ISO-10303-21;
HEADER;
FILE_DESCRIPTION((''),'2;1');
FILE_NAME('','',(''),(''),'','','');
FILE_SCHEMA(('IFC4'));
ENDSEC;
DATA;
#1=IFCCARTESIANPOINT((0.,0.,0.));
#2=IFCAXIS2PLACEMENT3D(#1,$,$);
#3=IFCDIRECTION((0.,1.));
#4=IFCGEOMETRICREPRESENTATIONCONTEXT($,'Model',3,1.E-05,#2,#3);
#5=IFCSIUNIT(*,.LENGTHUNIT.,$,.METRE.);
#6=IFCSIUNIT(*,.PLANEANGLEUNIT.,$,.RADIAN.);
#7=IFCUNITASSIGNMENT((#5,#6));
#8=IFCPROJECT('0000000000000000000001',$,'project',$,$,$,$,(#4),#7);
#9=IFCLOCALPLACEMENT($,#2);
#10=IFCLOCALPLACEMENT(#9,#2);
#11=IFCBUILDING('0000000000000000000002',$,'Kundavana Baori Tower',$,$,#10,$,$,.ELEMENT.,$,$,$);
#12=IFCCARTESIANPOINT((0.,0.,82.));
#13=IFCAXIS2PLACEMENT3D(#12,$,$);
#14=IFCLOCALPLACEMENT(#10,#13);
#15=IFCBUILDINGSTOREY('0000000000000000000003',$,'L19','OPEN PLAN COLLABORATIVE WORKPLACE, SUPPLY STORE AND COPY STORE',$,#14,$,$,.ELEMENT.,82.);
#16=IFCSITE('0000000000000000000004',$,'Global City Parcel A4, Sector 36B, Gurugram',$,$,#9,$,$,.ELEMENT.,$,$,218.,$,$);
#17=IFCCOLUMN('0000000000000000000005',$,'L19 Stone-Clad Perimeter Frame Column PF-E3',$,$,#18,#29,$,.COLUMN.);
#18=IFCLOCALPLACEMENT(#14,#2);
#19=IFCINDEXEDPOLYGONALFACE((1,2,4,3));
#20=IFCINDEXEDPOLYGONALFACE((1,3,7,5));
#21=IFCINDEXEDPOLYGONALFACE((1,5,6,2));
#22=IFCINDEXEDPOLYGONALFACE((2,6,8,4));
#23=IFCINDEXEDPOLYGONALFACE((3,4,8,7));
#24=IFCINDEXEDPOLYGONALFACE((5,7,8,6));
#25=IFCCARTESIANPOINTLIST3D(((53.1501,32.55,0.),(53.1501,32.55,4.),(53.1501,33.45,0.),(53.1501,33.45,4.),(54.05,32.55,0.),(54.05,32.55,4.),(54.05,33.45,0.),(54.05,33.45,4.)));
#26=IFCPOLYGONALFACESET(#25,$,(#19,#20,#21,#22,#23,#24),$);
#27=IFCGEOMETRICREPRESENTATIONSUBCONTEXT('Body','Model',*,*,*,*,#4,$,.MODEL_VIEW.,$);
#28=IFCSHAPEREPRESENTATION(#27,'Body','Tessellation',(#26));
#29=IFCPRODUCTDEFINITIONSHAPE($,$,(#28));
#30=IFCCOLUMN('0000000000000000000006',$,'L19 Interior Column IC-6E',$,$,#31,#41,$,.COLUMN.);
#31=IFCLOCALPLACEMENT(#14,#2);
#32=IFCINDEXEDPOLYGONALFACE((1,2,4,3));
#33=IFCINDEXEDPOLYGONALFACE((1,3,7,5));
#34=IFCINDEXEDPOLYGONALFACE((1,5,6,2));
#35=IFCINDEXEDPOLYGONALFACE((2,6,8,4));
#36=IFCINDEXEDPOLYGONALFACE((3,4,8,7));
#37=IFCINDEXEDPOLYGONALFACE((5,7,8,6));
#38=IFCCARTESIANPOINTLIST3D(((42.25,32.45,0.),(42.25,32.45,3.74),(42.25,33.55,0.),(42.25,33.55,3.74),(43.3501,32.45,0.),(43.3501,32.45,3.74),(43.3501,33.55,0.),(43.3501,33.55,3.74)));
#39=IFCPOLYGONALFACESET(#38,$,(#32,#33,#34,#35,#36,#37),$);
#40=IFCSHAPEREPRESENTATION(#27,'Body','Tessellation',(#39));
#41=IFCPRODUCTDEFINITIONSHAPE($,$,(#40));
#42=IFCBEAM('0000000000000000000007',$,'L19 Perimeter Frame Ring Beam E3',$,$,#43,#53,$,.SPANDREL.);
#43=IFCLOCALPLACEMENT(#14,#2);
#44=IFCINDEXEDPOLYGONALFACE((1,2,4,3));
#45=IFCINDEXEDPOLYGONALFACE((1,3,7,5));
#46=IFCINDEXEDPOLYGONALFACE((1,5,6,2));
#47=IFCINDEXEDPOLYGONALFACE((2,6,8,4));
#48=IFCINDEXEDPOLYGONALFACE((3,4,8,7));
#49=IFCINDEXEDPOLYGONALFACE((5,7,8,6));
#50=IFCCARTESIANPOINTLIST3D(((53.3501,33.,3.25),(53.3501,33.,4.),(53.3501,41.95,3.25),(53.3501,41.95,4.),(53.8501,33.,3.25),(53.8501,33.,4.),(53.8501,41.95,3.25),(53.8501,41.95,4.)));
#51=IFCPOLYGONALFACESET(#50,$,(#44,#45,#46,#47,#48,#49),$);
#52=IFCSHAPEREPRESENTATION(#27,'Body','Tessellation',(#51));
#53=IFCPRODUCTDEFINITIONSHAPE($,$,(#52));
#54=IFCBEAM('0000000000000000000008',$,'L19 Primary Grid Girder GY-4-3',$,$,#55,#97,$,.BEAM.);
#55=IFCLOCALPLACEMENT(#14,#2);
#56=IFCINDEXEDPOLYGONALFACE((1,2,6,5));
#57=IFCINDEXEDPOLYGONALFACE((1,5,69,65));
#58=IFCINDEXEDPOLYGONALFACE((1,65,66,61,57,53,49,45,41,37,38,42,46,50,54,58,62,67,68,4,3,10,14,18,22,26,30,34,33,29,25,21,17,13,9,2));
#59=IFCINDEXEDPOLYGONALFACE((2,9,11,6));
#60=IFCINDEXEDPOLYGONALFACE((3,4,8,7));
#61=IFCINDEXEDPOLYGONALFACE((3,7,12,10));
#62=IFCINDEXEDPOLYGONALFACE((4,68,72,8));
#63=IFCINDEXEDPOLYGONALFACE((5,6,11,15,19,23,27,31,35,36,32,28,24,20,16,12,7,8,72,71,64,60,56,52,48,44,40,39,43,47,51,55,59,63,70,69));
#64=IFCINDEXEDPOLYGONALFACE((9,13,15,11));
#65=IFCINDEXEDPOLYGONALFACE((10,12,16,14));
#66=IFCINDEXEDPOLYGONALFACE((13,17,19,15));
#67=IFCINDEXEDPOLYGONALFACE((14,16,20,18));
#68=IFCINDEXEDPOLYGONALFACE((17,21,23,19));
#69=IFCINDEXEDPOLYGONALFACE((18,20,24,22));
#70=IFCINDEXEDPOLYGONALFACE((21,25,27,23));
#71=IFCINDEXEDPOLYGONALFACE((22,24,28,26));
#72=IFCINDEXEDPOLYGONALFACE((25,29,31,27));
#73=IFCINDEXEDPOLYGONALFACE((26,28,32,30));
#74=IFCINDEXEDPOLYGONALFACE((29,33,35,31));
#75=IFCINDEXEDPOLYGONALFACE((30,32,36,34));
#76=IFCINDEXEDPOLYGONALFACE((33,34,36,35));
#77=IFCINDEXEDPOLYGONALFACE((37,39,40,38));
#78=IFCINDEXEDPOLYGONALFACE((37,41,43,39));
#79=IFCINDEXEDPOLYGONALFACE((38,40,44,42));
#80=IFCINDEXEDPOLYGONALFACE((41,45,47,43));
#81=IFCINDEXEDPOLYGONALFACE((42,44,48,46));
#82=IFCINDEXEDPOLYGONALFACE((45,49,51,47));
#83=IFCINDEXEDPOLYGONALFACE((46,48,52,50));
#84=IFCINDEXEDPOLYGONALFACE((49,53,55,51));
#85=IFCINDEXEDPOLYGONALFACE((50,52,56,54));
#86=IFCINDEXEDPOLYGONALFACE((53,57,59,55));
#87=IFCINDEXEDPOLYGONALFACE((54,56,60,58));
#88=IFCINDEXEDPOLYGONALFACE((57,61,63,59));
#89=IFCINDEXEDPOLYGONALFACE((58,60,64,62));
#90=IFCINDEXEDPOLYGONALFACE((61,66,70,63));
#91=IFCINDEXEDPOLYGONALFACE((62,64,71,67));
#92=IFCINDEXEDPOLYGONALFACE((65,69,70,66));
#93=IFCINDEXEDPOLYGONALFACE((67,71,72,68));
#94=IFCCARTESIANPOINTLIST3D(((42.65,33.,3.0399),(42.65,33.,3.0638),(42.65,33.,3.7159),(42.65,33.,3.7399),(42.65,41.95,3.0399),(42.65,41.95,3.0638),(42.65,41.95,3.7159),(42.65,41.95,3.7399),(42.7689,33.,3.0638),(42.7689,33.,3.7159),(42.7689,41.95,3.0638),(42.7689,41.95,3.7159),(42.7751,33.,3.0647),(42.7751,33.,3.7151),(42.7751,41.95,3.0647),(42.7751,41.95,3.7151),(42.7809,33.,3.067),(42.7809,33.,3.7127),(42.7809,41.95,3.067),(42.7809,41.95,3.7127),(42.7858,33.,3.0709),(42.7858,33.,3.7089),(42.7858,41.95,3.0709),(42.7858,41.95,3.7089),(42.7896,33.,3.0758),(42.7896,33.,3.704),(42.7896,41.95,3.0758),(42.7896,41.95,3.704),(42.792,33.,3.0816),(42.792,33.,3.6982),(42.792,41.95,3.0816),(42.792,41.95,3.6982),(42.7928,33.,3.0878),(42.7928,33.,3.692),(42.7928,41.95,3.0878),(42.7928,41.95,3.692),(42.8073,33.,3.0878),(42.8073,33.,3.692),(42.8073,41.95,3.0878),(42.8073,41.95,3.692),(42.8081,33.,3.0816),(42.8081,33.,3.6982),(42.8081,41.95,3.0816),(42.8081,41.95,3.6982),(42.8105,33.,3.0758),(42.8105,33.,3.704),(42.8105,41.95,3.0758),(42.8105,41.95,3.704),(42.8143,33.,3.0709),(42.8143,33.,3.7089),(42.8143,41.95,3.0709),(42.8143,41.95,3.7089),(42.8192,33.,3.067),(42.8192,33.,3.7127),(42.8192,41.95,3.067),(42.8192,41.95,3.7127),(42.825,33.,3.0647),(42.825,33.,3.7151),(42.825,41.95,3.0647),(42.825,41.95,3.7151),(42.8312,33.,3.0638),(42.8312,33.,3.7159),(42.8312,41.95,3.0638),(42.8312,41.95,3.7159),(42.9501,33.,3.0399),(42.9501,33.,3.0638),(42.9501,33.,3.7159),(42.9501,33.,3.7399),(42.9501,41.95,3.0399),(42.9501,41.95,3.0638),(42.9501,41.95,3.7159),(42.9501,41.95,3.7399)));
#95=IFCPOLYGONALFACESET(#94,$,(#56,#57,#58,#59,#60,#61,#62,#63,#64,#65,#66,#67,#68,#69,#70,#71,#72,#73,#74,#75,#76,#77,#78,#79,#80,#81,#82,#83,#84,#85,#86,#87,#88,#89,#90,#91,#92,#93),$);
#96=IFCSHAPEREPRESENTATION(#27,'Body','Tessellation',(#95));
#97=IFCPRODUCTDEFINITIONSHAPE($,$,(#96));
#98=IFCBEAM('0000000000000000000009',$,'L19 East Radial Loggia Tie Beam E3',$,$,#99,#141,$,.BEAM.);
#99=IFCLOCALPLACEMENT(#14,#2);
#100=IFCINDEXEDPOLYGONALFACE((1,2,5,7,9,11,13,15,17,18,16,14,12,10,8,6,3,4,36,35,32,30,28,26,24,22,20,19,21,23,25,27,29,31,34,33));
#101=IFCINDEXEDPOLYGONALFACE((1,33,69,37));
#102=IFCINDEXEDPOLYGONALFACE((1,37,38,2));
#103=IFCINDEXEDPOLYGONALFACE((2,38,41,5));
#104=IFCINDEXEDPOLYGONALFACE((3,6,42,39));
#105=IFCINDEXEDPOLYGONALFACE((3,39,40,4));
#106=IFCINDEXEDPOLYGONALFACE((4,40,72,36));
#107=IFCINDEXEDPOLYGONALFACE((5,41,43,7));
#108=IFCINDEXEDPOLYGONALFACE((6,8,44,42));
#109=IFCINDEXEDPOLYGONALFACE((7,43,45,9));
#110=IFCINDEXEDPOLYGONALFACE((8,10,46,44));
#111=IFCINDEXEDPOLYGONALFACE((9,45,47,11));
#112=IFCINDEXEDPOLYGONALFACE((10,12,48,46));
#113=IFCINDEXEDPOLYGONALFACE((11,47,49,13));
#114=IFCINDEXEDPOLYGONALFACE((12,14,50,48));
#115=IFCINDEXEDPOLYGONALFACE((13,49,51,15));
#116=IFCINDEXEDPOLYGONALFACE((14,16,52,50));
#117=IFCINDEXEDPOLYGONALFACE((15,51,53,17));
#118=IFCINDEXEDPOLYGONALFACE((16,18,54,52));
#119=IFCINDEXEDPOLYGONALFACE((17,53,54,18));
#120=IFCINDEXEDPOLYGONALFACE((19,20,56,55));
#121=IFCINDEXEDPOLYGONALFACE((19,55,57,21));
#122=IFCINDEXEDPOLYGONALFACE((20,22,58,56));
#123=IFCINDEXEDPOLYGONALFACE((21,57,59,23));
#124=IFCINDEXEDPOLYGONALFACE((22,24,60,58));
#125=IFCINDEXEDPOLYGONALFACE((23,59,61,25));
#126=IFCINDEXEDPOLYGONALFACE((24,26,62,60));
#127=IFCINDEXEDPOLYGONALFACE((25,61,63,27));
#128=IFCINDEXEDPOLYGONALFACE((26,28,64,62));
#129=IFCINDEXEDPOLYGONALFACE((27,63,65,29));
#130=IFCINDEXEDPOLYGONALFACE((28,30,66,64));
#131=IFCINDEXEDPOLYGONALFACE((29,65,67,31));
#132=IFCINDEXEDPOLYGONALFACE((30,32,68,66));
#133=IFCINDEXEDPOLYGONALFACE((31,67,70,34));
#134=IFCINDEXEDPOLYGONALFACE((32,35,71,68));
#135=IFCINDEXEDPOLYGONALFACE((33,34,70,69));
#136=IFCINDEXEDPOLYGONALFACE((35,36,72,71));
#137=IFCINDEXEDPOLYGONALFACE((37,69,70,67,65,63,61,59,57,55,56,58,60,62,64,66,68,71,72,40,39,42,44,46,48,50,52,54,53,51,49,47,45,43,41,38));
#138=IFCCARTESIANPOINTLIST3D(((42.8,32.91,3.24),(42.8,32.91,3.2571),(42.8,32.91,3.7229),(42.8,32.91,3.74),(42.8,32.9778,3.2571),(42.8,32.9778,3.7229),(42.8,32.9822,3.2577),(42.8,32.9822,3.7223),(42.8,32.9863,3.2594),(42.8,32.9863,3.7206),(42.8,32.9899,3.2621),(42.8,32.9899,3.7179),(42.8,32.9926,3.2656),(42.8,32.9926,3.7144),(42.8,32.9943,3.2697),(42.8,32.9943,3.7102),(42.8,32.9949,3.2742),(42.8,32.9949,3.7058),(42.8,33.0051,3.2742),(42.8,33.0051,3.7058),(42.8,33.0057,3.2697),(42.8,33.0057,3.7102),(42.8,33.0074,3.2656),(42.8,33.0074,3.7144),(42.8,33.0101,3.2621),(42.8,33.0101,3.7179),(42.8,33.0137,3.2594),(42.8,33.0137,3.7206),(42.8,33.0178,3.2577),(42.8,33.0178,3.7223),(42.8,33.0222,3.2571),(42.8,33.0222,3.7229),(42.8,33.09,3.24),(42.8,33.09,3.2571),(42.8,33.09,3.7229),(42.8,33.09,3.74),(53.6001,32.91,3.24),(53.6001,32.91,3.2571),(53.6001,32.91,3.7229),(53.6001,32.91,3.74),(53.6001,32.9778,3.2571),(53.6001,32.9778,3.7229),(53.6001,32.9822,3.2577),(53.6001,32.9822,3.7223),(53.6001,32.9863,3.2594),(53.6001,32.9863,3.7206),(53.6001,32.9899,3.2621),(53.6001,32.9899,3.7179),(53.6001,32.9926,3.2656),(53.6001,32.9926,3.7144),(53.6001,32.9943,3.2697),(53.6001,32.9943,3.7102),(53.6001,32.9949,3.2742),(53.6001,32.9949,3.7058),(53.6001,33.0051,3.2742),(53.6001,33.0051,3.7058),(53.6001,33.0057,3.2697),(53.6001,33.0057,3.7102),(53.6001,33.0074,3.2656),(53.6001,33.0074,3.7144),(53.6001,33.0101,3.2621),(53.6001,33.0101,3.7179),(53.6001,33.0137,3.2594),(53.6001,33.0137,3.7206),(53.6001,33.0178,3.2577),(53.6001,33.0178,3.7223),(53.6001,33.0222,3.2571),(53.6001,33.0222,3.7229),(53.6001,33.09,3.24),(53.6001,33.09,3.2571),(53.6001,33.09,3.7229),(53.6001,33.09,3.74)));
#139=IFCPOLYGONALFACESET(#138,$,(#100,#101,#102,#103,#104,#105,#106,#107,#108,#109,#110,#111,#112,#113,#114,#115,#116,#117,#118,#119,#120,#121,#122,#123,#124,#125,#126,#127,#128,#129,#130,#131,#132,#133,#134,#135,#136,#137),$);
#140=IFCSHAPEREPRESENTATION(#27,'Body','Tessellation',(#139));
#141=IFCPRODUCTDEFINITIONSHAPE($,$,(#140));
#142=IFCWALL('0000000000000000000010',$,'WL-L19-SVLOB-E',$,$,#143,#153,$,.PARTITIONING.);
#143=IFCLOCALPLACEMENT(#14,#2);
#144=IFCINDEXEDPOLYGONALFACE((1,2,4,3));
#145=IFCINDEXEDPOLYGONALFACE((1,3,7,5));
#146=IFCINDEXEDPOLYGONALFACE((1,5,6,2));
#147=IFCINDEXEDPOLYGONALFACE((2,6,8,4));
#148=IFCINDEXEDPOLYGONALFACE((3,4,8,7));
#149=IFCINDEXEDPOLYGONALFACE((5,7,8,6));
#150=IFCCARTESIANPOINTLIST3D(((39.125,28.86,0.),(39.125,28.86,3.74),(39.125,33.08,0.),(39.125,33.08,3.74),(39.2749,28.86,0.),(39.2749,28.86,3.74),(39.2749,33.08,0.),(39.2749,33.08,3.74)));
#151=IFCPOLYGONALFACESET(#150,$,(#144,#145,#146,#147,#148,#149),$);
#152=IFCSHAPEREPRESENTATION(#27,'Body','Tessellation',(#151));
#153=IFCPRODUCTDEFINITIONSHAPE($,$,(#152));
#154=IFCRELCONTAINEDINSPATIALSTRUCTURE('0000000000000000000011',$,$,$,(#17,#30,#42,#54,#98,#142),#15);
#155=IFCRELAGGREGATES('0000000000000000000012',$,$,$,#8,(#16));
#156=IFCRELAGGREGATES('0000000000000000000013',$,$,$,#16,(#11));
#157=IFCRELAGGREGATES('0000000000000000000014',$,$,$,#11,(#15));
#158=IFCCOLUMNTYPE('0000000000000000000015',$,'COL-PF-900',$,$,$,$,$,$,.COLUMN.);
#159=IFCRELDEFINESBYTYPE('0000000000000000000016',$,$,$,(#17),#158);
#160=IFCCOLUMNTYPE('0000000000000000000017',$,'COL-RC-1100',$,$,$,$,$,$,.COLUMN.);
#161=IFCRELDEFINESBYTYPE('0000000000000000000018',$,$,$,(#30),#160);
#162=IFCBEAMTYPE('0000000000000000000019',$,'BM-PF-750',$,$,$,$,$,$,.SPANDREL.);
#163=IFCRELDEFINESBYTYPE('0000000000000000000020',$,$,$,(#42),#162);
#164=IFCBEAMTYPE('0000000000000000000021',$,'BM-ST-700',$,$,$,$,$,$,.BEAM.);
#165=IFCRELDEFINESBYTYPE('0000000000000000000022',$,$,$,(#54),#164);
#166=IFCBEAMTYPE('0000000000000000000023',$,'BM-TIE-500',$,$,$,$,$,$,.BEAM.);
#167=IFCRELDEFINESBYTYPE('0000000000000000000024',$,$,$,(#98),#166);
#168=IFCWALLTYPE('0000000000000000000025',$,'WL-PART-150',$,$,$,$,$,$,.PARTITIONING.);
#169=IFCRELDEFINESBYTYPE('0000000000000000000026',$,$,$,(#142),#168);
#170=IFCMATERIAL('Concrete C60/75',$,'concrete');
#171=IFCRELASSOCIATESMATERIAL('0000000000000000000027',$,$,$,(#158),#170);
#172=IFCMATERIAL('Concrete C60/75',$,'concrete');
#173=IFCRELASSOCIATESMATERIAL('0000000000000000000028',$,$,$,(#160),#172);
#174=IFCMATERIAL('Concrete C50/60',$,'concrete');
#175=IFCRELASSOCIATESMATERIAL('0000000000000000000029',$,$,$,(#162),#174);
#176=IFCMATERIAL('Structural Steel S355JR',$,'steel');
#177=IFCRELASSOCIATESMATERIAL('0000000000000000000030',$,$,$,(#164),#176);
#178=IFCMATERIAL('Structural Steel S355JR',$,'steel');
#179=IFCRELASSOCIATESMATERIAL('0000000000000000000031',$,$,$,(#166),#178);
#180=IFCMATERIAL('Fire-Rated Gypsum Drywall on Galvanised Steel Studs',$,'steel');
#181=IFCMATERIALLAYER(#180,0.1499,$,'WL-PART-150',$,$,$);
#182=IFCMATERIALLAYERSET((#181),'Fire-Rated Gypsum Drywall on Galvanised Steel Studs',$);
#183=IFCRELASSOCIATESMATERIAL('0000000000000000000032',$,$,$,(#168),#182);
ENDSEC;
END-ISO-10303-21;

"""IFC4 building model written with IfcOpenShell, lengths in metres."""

from ifc_helpers import new_model, si_unit, direction, frame, frame_2d, origin, origin_2d, place, context, subcontext, project, spatial, rectangle, i_section, extrude, material, layer, layer_set, material_profile, profile_set, type_object, element, save


model = new_model("IFC4")

# Units and contexts
model_context = context("Model", 3, precision=1e-05, world=origin(), true_north=direction((0.0, 1.0)))
body_context = subcontext(model_context, "Body", "Model", "MODEL_VIEW")
ifc_project = project(units=[si_unit("LENGTHUNIT", "METRE"), si_unit("PLANEANGLEUNIT", "RADIAN")], contexts=[model_context])

# Site, building, storey
site_placement = place(None, origin())
site = spatial("IfcSite", under=ifc_project, at=site_placement, Name="Global City Parcel A4, Sector 36B, Gurugram", CompositionType="ELEMENT", RefElevation=218.0)
building_placement = place(site_placement, origin())
building = spatial("IfcBuilding", under=site, at=building_placement, Name="Kundavana Baori Tower", CompositionType="ELEMENT")
storey_placement = place(building_placement, frame((0.0, 0.0, 82.0)))
storey = spatial("IfcBuildingStorey", under=building, at=storey_placement, Name="L19", Description="OPEN PLAN COLLABORATIVE WORKPLACE, SUPPLY STORE AND COPY STORE", CompositionType="ELEMENT", Elevation=82.0)

# Columns
ifc_material_1 = material(Name="Concrete C60/75", Category="concrete")
ifc_material_profile_1 = material_profile(ifc_material_1, rectangle(XDim=0.8999, YDim=0.8999, at=origin_2d()), Name="RC PF 900x900")
ifc_profile_set_1 = profile_set([ifc_material_profile_1], Name="Concrete C60/75")
column_type_1 = type_object("IfcColumnType", Name="COL-PF-900", PredefinedType="COLUMN", material=ifc_profile_set_1)
column_1_placement = place(storey_placement, frame((53.6001, 33.0, 0.0), z_axis=(0.0, 0.0, 1.0), x_axis=(1.0, 0.0, 0.0)))
element("IfcColumn", 1, at=column_1_placement, inside=storey, type_object=column_type_1, Name="L19 Stone-Clad Perimeter Frame Column PF-E3", PredefinedType="COLUMN", context=body_context, shape_type="SweptSolid", body=[
    extrude(rectangle(XDim=0.8999, YDim=0.8999, at=origin_2d()), origin(), (0.0, 0.0, 1.0), 4.0),
])
ifc_material_2 = material(Name="Concrete C60/75", Category="concrete")
ifc_material_profile_2 = material_profile(ifc_material_2, rectangle(XDim=1.1001, YDim=1.1001, at=origin_2d()), Name="RC 1100x1100")
ifc_profile_set_2 = profile_set([ifc_material_profile_2], Name="Concrete C60/75")
column_type_2 = type_object("IfcColumnType", Name="COL-RC-1100", PredefinedType="COLUMN", material=ifc_profile_set_2)
column_2_placement = place(storey_placement, frame((42.8, 33.0, 0.0), z_axis=(0.0, 0.0, 1.0), x_axis=(1.0, 0.0, 0.0)))
element("IfcColumn", 2, at=column_2_placement, inside=storey, type_object=column_type_2, Name="L19 Interior Column IC-6E", PredefinedType="COLUMN", context=body_context, shape_type="SweptSolid", body=[
    extrude(rectangle(XDim=1.1001, YDim=1.1001, at=origin_2d()), origin(), (0.0, 0.0, 1.0), 3.74),
])

# Beams
ifc_material_3 = material(Name="Concrete C50/60", Category="concrete")
ifc_material_profile_3 = material_profile(ifc_material_3, rectangle(XDim=0.5, YDim=0.75, at=origin_2d()), Name="RC BM 500x750")
ifc_profile_set_3 = profile_set([ifc_material_profile_3], Name="Concrete C50/60")
beam_type_1 = type_object("IfcBeamType", Name="BM-PF-750", PredefinedType="SPANDREL", material=ifc_profile_set_3)
beam_1_placement = place(storey_placement, frame((53.6001, 33.0, 3.625), z_axis=(0.0, 1.0, 0.0), x_axis=(-1.0, 0.0, 0.0)))
element("IfcBeam", 3, at=beam_1_placement, inside=storey, type_object=beam_type_1, Name="L19 Perimeter Frame Ring Beam E3", PredefinedType="SPANDREL", context=body_context, shape_type="SweptSolid", body=[
    extrude(rectangle(XDim=0.5, YDim=0.75, at=origin_2d()), origin(), (0.0, 0.0, 1.0), 8.95),
])
ifc_material_4 = material(Name="Structural Steel S355JR", Category="steel")
ifc_material_profile_4 = material_profile(ifc_material_4, i_section(OverallWidth=0.3, OverallDepth=0.7, WebThickness=0.0144, FlangeThickness=0.0239, FilletRadius=0.0239, at=origin_2d()), Name="NPB 700x300x170")
ifc_profile_set_4 = profile_set([ifc_material_profile_4], Name="Structural Steel S355JR")
beam_type_2 = type_object("IfcBeamType", Name="BM-ST-700", PredefinedType="BEAM", material=ifc_profile_set_4)
beam_2_placement = place(storey_placement, frame((42.8, 33.0, 3.3899), z_axis=(0.0, 1.0, 0.0), x_axis=(-1.0, 0.0, 0.0)))
element("IfcBeam", 4, at=beam_2_placement, inside=storey, type_object=beam_type_2, Name="L19 Primary Grid Girder GY-4-3", PredefinedType="BEAM", context=body_context, shape_type="SweptSolid", body=[
    extrude(i_section(OverallWidth=0.3, OverallDepth=0.7, WebThickness=0.0144, FlangeThickness=0.0239, FilletRadius=0.0239, at=origin_2d()), origin(), (0.0, 0.0, 1.0), 8.95),
])
ifc_material_5 = material(Name="Structural Steel S355JR", Category="steel")
ifc_material_profile_5 = material_profile(ifc_material_5, i_section(OverallWidth=0.1799, OverallDepth=0.5, WebThickness=0.0103, FlangeThickness=0.0171, FilletRadius=0.0171, at=origin_2d()), Name="ISMB 500")
ifc_profile_set_5 = profile_set([ifc_material_profile_5], Name="Structural Steel S355JR")
beam_type_3 = type_object("IfcBeamType", Name="BM-TIE-500", PredefinedType="BEAM", material=ifc_profile_set_5)
beam_3_placement = place(storey_placement, frame((42.8, 33.0, 3.49), z_axis=(1.0, 0.0, 0.0), x_axis=(0.0, 1.0, 0.0)))
element("IfcBeam", 5, at=beam_3_placement, inside=storey, type_object=beam_type_3, Name="L19 East Radial Loggia Tie Beam E3", PredefinedType="BEAM", context=body_context, shape_type="SweptSolid", body=[
    extrude(i_section(OverallWidth=0.1799, OverallDepth=0.5, WebThickness=0.0103, FlangeThickness=0.0171, FilletRadius=0.0171, at=origin_2d()), origin(), (0.0, 0.0, 1.0), 10.8),
])

# Wall
ifc_material_6 = material(Name="Fire-Rated Gypsum Drywall on Galvanised Steel Studs", Category="steel")
ifc_layer_1 = layer(ifc_material_6, 0.1499, Name="WL-PART-150")
ifc_layer_set_1 = layer_set([ifc_layer_1], Name="Fire-Rated Gypsum Drywall on Galvanised Steel Studs")
wall_type_1 = type_object("IfcWallType", Name="WL-PART-150", PredefinedType="PARTITIONING", material=ifc_layer_set_1)
wall_1_placement = place(storey_placement, frame((39.2, 28.8601, 0.0), z_axis=(0.0, 0.0, 1.0), x_axis=(0.0, 1.0, 0.0)))
element("IfcWall", 6, at=wall_1_placement, inside=storey, type_object=wall_type_1, Name="WL-L19-SVLOB-E", PredefinedType="PARTITIONING", context=body_context, shape_type="SweptSolid", body=[
    extrude(rectangle(XDim=4.22, YDim=0.1499, at=frame_2d((2.1099, 0.0))), origin(), (0.0, 0.0, 1.0), 3.74),
])

save(model, "model.ifc")
